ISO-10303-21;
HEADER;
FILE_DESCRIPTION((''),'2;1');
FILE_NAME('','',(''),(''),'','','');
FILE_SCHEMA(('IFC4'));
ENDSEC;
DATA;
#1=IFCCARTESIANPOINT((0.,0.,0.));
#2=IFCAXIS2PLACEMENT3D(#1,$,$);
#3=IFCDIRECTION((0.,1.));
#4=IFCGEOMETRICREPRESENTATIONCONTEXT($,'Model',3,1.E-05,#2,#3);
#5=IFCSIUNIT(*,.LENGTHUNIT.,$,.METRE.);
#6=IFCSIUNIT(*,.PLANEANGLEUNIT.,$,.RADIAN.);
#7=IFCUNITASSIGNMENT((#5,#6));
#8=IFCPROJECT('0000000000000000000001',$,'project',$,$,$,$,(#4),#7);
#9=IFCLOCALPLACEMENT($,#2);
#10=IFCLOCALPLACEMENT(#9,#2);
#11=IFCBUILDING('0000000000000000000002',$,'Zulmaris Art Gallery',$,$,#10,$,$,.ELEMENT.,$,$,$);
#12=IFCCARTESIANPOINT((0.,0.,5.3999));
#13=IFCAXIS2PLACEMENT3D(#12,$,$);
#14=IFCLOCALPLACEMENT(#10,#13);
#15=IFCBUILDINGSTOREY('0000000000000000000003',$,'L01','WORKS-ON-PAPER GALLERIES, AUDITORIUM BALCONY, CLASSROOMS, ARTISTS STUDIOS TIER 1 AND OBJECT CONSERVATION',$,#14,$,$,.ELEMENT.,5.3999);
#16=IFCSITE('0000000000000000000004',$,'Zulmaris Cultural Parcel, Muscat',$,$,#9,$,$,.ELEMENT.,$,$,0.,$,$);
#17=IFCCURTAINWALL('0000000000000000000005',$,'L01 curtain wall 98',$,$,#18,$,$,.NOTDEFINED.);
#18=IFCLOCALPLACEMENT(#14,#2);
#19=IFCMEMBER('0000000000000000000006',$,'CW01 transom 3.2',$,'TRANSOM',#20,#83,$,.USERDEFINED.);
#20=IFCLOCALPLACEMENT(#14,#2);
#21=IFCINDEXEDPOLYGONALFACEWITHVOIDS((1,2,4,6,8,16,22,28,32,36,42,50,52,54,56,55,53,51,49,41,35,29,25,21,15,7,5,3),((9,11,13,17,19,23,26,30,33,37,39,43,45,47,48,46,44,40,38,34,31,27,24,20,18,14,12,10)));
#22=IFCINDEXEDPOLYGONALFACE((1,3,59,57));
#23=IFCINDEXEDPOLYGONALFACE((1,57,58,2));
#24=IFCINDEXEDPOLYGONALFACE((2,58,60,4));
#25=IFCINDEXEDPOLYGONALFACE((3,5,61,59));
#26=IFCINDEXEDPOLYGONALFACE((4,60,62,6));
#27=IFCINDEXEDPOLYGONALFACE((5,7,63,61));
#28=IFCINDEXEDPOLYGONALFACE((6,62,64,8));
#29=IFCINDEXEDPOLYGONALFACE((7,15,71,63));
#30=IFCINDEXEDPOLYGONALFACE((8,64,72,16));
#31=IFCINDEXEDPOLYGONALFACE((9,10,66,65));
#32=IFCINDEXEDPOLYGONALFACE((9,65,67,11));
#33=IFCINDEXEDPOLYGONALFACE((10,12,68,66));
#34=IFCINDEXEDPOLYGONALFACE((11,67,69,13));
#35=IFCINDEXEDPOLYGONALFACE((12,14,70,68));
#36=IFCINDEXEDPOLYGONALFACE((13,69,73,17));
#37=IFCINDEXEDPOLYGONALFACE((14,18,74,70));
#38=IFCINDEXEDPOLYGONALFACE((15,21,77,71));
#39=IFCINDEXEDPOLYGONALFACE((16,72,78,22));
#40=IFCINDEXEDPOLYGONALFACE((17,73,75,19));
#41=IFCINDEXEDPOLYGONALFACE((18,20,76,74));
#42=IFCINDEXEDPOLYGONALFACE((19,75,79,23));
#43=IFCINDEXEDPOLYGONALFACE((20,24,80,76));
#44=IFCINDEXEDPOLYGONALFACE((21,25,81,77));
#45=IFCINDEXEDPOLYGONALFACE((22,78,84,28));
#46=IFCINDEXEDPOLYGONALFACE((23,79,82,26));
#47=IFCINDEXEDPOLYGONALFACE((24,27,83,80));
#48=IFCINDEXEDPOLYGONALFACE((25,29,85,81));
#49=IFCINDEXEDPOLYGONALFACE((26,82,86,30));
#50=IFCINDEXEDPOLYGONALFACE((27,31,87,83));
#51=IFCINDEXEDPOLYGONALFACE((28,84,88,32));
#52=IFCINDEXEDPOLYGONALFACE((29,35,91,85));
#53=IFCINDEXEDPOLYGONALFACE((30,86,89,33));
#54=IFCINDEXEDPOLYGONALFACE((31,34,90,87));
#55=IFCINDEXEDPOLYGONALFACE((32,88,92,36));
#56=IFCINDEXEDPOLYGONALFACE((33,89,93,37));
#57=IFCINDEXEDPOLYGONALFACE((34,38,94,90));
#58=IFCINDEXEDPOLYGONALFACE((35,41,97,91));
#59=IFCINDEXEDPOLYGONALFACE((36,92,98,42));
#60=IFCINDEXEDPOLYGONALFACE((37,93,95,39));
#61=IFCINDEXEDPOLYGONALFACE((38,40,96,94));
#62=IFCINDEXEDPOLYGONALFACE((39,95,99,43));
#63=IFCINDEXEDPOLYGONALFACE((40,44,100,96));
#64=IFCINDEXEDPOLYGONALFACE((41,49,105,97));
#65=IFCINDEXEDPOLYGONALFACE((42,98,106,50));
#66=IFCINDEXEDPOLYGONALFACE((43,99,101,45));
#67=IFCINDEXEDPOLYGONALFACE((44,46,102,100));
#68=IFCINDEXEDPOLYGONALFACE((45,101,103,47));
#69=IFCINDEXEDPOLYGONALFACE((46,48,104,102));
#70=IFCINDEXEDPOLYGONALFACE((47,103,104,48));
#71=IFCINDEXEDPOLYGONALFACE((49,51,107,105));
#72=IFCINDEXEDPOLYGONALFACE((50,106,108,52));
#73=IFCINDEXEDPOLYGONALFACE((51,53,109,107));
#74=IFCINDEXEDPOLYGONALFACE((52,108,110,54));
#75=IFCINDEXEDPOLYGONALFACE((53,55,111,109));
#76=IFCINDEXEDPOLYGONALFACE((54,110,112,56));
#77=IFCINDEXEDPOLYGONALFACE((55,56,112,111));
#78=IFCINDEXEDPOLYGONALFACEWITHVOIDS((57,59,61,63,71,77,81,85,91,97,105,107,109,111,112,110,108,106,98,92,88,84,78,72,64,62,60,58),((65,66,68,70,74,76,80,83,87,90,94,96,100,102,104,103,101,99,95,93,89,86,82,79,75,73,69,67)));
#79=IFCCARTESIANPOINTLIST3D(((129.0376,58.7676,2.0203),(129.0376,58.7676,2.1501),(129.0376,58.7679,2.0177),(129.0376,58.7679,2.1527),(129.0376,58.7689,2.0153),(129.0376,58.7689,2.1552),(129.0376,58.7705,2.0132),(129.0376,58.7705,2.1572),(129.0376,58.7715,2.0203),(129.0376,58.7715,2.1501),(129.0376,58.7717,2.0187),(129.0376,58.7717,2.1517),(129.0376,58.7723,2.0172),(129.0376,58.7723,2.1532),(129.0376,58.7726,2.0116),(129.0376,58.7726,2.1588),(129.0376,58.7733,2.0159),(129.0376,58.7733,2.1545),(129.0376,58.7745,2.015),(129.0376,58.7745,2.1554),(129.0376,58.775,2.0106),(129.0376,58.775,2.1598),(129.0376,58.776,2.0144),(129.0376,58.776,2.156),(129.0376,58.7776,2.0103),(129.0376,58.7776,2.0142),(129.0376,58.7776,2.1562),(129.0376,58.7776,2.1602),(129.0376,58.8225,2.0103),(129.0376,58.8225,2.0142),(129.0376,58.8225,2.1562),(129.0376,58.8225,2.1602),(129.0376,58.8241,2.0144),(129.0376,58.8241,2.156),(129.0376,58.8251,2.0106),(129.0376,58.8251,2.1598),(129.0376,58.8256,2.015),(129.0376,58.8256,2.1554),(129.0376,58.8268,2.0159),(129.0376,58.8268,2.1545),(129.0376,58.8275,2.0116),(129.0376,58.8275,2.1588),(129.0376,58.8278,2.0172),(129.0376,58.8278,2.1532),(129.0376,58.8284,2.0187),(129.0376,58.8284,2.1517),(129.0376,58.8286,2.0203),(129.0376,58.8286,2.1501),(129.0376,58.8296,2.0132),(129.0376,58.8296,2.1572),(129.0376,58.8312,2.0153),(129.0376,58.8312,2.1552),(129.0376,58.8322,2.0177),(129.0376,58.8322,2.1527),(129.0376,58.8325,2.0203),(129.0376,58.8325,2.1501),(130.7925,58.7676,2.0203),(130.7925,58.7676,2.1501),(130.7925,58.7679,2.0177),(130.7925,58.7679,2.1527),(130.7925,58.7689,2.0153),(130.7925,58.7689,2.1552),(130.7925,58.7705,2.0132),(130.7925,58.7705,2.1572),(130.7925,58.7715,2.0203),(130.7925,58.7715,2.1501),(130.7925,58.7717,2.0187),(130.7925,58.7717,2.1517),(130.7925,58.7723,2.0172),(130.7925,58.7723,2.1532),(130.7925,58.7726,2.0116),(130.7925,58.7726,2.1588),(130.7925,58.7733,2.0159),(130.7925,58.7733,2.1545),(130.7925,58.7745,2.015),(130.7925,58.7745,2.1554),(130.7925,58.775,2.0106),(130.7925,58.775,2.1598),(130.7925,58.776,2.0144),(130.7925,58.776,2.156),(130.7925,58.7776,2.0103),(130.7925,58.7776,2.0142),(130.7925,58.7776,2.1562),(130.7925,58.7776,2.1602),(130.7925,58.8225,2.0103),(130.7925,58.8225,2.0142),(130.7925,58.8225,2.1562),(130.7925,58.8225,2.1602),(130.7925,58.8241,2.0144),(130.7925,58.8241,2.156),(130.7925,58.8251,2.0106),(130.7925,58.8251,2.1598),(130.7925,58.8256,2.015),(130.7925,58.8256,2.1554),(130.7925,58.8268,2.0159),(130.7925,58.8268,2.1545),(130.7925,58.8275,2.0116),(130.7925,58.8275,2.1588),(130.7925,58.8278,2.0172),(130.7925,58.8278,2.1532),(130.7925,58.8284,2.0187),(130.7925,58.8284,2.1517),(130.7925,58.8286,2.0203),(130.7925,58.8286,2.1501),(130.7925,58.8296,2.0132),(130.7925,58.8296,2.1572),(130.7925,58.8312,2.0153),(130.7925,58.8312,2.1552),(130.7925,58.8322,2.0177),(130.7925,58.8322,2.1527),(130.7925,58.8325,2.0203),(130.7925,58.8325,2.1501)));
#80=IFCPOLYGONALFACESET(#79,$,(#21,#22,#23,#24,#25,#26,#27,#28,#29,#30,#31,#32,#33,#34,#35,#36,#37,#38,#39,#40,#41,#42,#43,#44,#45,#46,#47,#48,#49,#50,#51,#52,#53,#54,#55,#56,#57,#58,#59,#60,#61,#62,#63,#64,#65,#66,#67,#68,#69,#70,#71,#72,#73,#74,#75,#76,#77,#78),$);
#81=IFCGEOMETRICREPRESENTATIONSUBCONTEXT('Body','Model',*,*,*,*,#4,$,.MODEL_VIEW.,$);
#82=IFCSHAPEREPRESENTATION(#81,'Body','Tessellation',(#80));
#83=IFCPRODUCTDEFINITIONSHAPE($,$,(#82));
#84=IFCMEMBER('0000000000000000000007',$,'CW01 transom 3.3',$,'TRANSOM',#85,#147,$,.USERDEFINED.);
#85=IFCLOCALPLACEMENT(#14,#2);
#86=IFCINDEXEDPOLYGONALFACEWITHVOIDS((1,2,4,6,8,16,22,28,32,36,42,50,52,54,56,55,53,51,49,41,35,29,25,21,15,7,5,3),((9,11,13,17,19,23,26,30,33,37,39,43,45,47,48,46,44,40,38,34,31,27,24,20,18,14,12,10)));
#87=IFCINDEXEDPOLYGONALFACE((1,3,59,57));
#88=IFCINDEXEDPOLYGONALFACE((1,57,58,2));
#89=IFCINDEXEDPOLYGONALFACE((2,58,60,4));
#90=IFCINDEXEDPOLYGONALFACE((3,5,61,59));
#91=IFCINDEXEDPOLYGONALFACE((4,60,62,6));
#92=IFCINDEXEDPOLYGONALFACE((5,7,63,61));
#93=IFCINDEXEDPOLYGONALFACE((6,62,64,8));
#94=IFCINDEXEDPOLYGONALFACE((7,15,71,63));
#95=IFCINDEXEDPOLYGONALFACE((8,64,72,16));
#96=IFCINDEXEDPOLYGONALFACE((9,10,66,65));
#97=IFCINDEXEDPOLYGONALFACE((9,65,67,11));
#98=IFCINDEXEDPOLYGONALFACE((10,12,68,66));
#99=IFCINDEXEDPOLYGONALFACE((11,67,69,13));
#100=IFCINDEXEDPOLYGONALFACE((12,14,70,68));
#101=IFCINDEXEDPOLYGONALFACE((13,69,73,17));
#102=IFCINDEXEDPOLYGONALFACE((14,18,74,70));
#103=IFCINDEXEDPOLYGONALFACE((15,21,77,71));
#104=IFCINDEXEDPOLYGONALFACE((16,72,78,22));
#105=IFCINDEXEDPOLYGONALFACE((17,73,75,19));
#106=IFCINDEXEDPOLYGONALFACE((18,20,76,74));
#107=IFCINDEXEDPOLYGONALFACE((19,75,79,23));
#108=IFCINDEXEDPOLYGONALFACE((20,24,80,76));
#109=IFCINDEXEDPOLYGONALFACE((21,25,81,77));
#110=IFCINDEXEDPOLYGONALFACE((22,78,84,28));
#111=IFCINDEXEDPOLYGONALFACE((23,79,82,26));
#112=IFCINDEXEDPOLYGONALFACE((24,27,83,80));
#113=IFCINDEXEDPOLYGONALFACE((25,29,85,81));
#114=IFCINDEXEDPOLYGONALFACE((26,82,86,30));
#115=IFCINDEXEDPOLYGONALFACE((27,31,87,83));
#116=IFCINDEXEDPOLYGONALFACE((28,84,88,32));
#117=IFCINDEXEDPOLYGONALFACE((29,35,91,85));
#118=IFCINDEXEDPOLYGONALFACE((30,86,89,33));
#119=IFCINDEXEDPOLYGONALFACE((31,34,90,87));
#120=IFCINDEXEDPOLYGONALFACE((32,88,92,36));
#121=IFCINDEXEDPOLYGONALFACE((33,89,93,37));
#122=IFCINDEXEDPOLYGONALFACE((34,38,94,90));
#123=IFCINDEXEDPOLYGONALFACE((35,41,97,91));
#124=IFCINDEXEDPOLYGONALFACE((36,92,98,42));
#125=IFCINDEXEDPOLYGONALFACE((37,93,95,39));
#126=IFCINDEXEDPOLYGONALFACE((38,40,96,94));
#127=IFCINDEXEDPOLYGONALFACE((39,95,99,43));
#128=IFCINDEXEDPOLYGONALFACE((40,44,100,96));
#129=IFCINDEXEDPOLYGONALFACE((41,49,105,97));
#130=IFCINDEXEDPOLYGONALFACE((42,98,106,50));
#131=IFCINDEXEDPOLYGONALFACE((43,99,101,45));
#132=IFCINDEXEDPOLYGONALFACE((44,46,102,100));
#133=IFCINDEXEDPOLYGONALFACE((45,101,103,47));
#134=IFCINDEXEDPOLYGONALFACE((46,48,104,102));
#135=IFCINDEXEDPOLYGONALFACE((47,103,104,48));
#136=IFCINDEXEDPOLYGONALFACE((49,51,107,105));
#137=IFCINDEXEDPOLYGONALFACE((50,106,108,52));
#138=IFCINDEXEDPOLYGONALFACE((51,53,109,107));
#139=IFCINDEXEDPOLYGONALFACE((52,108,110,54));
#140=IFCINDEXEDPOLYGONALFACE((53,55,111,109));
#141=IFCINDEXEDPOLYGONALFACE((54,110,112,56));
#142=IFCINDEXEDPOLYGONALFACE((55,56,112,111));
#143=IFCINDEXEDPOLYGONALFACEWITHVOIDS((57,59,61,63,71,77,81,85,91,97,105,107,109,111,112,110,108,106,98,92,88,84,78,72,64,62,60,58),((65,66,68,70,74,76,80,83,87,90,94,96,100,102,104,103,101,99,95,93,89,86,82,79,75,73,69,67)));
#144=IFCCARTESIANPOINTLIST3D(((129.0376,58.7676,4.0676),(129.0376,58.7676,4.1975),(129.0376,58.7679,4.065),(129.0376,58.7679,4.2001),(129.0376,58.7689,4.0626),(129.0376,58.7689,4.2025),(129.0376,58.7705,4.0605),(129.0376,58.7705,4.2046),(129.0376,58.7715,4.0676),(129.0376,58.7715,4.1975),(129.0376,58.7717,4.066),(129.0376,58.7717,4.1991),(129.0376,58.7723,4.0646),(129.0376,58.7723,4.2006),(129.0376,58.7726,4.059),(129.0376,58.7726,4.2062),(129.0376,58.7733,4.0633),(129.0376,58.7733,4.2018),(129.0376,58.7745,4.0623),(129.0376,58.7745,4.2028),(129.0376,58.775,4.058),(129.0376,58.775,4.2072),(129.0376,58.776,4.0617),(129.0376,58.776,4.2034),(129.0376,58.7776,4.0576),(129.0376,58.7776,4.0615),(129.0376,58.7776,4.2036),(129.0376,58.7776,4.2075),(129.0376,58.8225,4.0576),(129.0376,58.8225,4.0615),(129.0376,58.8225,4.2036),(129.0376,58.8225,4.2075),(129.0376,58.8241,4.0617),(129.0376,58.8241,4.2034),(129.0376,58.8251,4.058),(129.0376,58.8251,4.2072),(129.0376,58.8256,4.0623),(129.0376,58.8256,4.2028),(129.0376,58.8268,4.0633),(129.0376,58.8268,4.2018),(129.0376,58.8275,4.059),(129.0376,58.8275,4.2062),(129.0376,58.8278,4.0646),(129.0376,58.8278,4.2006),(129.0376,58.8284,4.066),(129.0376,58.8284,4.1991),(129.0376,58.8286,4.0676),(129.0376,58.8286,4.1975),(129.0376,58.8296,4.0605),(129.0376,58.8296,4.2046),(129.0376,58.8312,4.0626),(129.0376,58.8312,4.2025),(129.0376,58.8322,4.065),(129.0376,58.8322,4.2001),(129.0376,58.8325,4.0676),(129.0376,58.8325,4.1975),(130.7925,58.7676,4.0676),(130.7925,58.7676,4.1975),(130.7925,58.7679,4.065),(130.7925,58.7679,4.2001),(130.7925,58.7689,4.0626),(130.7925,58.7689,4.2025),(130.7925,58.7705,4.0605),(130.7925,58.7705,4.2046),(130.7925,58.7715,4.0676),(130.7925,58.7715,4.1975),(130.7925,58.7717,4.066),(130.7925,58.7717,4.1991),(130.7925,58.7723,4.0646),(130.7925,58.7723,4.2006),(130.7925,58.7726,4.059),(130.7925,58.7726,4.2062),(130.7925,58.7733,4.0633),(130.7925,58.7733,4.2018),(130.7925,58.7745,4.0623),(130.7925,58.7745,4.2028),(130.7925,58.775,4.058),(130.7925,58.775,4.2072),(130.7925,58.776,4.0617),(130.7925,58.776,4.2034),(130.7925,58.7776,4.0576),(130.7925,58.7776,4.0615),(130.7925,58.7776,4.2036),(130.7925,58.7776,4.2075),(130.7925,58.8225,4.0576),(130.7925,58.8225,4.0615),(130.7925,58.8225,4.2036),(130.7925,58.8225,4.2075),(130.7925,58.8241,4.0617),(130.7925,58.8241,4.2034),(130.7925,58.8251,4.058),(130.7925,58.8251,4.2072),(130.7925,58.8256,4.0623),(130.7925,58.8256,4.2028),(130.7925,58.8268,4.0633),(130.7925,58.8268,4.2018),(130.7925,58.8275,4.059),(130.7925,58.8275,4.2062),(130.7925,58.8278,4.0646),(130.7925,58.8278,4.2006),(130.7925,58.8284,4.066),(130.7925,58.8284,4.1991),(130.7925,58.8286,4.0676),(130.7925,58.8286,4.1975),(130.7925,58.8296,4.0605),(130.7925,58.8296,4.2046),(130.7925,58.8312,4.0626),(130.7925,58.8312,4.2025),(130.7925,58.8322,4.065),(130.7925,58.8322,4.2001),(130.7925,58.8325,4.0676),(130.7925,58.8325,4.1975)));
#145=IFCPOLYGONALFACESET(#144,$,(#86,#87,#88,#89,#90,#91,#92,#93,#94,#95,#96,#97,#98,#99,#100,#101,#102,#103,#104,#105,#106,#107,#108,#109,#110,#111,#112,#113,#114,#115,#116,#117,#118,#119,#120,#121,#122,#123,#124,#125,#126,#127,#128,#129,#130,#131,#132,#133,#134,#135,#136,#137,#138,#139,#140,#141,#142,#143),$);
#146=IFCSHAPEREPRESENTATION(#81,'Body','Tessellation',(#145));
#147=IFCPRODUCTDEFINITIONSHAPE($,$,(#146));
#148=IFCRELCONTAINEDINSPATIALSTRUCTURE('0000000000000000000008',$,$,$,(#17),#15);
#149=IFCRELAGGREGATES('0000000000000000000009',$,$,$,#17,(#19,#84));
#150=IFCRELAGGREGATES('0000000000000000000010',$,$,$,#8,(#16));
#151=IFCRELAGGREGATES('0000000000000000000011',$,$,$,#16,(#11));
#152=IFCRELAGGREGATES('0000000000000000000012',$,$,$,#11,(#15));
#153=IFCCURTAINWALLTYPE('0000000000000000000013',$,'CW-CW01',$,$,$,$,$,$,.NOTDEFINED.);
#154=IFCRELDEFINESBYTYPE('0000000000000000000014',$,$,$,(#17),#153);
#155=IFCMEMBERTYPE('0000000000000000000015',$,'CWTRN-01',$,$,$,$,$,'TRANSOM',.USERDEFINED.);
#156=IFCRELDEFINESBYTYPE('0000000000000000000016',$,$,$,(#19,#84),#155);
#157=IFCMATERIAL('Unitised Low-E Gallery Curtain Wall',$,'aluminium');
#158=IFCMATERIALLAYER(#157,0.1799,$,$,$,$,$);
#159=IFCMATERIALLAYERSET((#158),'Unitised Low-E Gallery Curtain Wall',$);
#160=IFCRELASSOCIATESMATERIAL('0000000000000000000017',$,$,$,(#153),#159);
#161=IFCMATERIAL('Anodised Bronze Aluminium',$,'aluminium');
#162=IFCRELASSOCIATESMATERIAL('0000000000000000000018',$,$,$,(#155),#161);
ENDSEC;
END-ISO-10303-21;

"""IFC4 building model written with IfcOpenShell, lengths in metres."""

from ifc_helpers import new_model, si_unit, direction, frame, origin, origin_2d, place, context, subcontext, project, spatial, hollow_rectangle, extrude, material, layer, layer_set, material_profile, profile_set, type_object, element, aggregate, save


model = new_model("IFC4")

# Units and contexts
model_context = context("Model", 3, precision=1e-05, world=origin(), true_north=direction((0.0, 1.0)))
body_context = subcontext(model_context, "Body", "Model", "MODEL_VIEW")
ifc_project = project(units=[si_unit("LENGTHUNIT", "METRE"), si_unit("PLANEANGLEUNIT", "RADIAN")], contexts=[model_context])

# Site, building, storey
site_placement = place(None, origin())
site = spatial("IfcSite", under=ifc_project, at=site_placement, Name="Zulmaris Cultural Parcel, Muscat", CompositionType="ELEMENT", RefElevation=0.0)
building_placement = place(site_placement, origin())
building = spatial("IfcBuilding", under=site, at=building_placement, Name="Zulmaris Art Gallery", CompositionType="ELEMENT")
storey_placement = place(building_placement, frame((0.0, 0.0, 5.3999)))
storey = spatial("IfcBuildingStorey", under=building, at=storey_placement, Name="L01", Description="WORKS-ON-PAPER GALLERIES, AUDITORIUM BALCONY, CLASSROOMS, ARTISTS STUDIOS TIER 1 AND OBJECT CONSERVATION", CompositionType="ELEMENT", Elevation=5.3999)

# Curtain wall
ifc_material_1 = material(Name="Unitised Low-E Gallery Curtain Wall", Category="aluminium")
ifc_layer_1 = layer(ifc_material_1, 0.1799)
ifc_layer_set_1 = layer_set([ifc_layer_1], Name="Unitised Low-E Gallery Curtain Wall")
curtain_wall_type = type_object("IfcCurtainWallType", Name="CW-CW01", PredefinedType="NOTDEFINED", material=ifc_layer_set_1)
curtain_wall_1_placement = place(storey_placement, origin())
curtain_wall_1 = element("IfcCurtainWall", 1, at=curtain_wall_1_placement, inside=storey, type_object=curtain_wall_type, Name="L01 curtain wall 98", PredefinedType="NOTDEFINED")
ifc_material_2 = material(Name="Anodised Bronze Aluminium", Category="aluminium")

# Members
ifc_material_profile_1 = material_profile(ifc_material_2, hollow_rectangle(XDim=0.0649, YDim=0.1499, WallThickness=0.0039, InnerFilletRadius=0.0061, OuterFilletRadius=0.01, at=origin_2d()), Name="ALU 65x150x4")
ifc_profile_set_1 = profile_set([ifc_material_profile_1], Name="Anodised Bronze Aluminium")
member_type_1 = type_object("IfcMemberType", Name="CWTRN-01", ElementType="TRANSOM", PredefinedType="USERDEFINED", material=ifc_profile_set_1)
member_1_placement = place(storey_placement, frame((129.0376, 58.8, 2.0852), z_axis=(1.0, 0.0, 0.0), x_axis=(0.0, 1.0, 0.0)))
member_1 = element("IfcMember", 2, at=member_1_placement, type_object=member_type_1, Name="CW01 transom 3.2", ObjectType="TRANSOM", PredefinedType="USERDEFINED", context=body_context, shape_type="SweptSolid", body=[
    extrude(hollow_rectangle(XDim=0.0649, YDim=0.1499, WallThickness=0.0039, InnerFilletRadius=0.0061, OuterFilletRadius=0.01, at=origin_2d()), origin(), (0.0, 0.0, 1.0), 1.7549),
])
member_2_placement = place(storey_placement, frame((129.0376, 58.8, 4.1326), z_axis=(1.0, 0.0, 0.0), x_axis=(0.0, 1.0, 0.0)))
member_2 = element("IfcMember", 3, at=member_2_placement, type_object=member_type_1, Name="CW01 transom 3.3", ObjectType="TRANSOM", PredefinedType="USERDEFINED", context=body_context, shape_type="SweptSolid", body=[
    extrude(hollow_rectangle(XDim=0.0649, YDim=0.1499, WallThickness=0.0039, InnerFilletRadius=0.0061, OuterFilletRadius=0.01, at=origin_2d()), origin(), (0.0, 0.0, 1.0), 1.7549),
])

aggregate(curtain_wall_1, [member_1, member_2])

save(model, "model.ifc")
